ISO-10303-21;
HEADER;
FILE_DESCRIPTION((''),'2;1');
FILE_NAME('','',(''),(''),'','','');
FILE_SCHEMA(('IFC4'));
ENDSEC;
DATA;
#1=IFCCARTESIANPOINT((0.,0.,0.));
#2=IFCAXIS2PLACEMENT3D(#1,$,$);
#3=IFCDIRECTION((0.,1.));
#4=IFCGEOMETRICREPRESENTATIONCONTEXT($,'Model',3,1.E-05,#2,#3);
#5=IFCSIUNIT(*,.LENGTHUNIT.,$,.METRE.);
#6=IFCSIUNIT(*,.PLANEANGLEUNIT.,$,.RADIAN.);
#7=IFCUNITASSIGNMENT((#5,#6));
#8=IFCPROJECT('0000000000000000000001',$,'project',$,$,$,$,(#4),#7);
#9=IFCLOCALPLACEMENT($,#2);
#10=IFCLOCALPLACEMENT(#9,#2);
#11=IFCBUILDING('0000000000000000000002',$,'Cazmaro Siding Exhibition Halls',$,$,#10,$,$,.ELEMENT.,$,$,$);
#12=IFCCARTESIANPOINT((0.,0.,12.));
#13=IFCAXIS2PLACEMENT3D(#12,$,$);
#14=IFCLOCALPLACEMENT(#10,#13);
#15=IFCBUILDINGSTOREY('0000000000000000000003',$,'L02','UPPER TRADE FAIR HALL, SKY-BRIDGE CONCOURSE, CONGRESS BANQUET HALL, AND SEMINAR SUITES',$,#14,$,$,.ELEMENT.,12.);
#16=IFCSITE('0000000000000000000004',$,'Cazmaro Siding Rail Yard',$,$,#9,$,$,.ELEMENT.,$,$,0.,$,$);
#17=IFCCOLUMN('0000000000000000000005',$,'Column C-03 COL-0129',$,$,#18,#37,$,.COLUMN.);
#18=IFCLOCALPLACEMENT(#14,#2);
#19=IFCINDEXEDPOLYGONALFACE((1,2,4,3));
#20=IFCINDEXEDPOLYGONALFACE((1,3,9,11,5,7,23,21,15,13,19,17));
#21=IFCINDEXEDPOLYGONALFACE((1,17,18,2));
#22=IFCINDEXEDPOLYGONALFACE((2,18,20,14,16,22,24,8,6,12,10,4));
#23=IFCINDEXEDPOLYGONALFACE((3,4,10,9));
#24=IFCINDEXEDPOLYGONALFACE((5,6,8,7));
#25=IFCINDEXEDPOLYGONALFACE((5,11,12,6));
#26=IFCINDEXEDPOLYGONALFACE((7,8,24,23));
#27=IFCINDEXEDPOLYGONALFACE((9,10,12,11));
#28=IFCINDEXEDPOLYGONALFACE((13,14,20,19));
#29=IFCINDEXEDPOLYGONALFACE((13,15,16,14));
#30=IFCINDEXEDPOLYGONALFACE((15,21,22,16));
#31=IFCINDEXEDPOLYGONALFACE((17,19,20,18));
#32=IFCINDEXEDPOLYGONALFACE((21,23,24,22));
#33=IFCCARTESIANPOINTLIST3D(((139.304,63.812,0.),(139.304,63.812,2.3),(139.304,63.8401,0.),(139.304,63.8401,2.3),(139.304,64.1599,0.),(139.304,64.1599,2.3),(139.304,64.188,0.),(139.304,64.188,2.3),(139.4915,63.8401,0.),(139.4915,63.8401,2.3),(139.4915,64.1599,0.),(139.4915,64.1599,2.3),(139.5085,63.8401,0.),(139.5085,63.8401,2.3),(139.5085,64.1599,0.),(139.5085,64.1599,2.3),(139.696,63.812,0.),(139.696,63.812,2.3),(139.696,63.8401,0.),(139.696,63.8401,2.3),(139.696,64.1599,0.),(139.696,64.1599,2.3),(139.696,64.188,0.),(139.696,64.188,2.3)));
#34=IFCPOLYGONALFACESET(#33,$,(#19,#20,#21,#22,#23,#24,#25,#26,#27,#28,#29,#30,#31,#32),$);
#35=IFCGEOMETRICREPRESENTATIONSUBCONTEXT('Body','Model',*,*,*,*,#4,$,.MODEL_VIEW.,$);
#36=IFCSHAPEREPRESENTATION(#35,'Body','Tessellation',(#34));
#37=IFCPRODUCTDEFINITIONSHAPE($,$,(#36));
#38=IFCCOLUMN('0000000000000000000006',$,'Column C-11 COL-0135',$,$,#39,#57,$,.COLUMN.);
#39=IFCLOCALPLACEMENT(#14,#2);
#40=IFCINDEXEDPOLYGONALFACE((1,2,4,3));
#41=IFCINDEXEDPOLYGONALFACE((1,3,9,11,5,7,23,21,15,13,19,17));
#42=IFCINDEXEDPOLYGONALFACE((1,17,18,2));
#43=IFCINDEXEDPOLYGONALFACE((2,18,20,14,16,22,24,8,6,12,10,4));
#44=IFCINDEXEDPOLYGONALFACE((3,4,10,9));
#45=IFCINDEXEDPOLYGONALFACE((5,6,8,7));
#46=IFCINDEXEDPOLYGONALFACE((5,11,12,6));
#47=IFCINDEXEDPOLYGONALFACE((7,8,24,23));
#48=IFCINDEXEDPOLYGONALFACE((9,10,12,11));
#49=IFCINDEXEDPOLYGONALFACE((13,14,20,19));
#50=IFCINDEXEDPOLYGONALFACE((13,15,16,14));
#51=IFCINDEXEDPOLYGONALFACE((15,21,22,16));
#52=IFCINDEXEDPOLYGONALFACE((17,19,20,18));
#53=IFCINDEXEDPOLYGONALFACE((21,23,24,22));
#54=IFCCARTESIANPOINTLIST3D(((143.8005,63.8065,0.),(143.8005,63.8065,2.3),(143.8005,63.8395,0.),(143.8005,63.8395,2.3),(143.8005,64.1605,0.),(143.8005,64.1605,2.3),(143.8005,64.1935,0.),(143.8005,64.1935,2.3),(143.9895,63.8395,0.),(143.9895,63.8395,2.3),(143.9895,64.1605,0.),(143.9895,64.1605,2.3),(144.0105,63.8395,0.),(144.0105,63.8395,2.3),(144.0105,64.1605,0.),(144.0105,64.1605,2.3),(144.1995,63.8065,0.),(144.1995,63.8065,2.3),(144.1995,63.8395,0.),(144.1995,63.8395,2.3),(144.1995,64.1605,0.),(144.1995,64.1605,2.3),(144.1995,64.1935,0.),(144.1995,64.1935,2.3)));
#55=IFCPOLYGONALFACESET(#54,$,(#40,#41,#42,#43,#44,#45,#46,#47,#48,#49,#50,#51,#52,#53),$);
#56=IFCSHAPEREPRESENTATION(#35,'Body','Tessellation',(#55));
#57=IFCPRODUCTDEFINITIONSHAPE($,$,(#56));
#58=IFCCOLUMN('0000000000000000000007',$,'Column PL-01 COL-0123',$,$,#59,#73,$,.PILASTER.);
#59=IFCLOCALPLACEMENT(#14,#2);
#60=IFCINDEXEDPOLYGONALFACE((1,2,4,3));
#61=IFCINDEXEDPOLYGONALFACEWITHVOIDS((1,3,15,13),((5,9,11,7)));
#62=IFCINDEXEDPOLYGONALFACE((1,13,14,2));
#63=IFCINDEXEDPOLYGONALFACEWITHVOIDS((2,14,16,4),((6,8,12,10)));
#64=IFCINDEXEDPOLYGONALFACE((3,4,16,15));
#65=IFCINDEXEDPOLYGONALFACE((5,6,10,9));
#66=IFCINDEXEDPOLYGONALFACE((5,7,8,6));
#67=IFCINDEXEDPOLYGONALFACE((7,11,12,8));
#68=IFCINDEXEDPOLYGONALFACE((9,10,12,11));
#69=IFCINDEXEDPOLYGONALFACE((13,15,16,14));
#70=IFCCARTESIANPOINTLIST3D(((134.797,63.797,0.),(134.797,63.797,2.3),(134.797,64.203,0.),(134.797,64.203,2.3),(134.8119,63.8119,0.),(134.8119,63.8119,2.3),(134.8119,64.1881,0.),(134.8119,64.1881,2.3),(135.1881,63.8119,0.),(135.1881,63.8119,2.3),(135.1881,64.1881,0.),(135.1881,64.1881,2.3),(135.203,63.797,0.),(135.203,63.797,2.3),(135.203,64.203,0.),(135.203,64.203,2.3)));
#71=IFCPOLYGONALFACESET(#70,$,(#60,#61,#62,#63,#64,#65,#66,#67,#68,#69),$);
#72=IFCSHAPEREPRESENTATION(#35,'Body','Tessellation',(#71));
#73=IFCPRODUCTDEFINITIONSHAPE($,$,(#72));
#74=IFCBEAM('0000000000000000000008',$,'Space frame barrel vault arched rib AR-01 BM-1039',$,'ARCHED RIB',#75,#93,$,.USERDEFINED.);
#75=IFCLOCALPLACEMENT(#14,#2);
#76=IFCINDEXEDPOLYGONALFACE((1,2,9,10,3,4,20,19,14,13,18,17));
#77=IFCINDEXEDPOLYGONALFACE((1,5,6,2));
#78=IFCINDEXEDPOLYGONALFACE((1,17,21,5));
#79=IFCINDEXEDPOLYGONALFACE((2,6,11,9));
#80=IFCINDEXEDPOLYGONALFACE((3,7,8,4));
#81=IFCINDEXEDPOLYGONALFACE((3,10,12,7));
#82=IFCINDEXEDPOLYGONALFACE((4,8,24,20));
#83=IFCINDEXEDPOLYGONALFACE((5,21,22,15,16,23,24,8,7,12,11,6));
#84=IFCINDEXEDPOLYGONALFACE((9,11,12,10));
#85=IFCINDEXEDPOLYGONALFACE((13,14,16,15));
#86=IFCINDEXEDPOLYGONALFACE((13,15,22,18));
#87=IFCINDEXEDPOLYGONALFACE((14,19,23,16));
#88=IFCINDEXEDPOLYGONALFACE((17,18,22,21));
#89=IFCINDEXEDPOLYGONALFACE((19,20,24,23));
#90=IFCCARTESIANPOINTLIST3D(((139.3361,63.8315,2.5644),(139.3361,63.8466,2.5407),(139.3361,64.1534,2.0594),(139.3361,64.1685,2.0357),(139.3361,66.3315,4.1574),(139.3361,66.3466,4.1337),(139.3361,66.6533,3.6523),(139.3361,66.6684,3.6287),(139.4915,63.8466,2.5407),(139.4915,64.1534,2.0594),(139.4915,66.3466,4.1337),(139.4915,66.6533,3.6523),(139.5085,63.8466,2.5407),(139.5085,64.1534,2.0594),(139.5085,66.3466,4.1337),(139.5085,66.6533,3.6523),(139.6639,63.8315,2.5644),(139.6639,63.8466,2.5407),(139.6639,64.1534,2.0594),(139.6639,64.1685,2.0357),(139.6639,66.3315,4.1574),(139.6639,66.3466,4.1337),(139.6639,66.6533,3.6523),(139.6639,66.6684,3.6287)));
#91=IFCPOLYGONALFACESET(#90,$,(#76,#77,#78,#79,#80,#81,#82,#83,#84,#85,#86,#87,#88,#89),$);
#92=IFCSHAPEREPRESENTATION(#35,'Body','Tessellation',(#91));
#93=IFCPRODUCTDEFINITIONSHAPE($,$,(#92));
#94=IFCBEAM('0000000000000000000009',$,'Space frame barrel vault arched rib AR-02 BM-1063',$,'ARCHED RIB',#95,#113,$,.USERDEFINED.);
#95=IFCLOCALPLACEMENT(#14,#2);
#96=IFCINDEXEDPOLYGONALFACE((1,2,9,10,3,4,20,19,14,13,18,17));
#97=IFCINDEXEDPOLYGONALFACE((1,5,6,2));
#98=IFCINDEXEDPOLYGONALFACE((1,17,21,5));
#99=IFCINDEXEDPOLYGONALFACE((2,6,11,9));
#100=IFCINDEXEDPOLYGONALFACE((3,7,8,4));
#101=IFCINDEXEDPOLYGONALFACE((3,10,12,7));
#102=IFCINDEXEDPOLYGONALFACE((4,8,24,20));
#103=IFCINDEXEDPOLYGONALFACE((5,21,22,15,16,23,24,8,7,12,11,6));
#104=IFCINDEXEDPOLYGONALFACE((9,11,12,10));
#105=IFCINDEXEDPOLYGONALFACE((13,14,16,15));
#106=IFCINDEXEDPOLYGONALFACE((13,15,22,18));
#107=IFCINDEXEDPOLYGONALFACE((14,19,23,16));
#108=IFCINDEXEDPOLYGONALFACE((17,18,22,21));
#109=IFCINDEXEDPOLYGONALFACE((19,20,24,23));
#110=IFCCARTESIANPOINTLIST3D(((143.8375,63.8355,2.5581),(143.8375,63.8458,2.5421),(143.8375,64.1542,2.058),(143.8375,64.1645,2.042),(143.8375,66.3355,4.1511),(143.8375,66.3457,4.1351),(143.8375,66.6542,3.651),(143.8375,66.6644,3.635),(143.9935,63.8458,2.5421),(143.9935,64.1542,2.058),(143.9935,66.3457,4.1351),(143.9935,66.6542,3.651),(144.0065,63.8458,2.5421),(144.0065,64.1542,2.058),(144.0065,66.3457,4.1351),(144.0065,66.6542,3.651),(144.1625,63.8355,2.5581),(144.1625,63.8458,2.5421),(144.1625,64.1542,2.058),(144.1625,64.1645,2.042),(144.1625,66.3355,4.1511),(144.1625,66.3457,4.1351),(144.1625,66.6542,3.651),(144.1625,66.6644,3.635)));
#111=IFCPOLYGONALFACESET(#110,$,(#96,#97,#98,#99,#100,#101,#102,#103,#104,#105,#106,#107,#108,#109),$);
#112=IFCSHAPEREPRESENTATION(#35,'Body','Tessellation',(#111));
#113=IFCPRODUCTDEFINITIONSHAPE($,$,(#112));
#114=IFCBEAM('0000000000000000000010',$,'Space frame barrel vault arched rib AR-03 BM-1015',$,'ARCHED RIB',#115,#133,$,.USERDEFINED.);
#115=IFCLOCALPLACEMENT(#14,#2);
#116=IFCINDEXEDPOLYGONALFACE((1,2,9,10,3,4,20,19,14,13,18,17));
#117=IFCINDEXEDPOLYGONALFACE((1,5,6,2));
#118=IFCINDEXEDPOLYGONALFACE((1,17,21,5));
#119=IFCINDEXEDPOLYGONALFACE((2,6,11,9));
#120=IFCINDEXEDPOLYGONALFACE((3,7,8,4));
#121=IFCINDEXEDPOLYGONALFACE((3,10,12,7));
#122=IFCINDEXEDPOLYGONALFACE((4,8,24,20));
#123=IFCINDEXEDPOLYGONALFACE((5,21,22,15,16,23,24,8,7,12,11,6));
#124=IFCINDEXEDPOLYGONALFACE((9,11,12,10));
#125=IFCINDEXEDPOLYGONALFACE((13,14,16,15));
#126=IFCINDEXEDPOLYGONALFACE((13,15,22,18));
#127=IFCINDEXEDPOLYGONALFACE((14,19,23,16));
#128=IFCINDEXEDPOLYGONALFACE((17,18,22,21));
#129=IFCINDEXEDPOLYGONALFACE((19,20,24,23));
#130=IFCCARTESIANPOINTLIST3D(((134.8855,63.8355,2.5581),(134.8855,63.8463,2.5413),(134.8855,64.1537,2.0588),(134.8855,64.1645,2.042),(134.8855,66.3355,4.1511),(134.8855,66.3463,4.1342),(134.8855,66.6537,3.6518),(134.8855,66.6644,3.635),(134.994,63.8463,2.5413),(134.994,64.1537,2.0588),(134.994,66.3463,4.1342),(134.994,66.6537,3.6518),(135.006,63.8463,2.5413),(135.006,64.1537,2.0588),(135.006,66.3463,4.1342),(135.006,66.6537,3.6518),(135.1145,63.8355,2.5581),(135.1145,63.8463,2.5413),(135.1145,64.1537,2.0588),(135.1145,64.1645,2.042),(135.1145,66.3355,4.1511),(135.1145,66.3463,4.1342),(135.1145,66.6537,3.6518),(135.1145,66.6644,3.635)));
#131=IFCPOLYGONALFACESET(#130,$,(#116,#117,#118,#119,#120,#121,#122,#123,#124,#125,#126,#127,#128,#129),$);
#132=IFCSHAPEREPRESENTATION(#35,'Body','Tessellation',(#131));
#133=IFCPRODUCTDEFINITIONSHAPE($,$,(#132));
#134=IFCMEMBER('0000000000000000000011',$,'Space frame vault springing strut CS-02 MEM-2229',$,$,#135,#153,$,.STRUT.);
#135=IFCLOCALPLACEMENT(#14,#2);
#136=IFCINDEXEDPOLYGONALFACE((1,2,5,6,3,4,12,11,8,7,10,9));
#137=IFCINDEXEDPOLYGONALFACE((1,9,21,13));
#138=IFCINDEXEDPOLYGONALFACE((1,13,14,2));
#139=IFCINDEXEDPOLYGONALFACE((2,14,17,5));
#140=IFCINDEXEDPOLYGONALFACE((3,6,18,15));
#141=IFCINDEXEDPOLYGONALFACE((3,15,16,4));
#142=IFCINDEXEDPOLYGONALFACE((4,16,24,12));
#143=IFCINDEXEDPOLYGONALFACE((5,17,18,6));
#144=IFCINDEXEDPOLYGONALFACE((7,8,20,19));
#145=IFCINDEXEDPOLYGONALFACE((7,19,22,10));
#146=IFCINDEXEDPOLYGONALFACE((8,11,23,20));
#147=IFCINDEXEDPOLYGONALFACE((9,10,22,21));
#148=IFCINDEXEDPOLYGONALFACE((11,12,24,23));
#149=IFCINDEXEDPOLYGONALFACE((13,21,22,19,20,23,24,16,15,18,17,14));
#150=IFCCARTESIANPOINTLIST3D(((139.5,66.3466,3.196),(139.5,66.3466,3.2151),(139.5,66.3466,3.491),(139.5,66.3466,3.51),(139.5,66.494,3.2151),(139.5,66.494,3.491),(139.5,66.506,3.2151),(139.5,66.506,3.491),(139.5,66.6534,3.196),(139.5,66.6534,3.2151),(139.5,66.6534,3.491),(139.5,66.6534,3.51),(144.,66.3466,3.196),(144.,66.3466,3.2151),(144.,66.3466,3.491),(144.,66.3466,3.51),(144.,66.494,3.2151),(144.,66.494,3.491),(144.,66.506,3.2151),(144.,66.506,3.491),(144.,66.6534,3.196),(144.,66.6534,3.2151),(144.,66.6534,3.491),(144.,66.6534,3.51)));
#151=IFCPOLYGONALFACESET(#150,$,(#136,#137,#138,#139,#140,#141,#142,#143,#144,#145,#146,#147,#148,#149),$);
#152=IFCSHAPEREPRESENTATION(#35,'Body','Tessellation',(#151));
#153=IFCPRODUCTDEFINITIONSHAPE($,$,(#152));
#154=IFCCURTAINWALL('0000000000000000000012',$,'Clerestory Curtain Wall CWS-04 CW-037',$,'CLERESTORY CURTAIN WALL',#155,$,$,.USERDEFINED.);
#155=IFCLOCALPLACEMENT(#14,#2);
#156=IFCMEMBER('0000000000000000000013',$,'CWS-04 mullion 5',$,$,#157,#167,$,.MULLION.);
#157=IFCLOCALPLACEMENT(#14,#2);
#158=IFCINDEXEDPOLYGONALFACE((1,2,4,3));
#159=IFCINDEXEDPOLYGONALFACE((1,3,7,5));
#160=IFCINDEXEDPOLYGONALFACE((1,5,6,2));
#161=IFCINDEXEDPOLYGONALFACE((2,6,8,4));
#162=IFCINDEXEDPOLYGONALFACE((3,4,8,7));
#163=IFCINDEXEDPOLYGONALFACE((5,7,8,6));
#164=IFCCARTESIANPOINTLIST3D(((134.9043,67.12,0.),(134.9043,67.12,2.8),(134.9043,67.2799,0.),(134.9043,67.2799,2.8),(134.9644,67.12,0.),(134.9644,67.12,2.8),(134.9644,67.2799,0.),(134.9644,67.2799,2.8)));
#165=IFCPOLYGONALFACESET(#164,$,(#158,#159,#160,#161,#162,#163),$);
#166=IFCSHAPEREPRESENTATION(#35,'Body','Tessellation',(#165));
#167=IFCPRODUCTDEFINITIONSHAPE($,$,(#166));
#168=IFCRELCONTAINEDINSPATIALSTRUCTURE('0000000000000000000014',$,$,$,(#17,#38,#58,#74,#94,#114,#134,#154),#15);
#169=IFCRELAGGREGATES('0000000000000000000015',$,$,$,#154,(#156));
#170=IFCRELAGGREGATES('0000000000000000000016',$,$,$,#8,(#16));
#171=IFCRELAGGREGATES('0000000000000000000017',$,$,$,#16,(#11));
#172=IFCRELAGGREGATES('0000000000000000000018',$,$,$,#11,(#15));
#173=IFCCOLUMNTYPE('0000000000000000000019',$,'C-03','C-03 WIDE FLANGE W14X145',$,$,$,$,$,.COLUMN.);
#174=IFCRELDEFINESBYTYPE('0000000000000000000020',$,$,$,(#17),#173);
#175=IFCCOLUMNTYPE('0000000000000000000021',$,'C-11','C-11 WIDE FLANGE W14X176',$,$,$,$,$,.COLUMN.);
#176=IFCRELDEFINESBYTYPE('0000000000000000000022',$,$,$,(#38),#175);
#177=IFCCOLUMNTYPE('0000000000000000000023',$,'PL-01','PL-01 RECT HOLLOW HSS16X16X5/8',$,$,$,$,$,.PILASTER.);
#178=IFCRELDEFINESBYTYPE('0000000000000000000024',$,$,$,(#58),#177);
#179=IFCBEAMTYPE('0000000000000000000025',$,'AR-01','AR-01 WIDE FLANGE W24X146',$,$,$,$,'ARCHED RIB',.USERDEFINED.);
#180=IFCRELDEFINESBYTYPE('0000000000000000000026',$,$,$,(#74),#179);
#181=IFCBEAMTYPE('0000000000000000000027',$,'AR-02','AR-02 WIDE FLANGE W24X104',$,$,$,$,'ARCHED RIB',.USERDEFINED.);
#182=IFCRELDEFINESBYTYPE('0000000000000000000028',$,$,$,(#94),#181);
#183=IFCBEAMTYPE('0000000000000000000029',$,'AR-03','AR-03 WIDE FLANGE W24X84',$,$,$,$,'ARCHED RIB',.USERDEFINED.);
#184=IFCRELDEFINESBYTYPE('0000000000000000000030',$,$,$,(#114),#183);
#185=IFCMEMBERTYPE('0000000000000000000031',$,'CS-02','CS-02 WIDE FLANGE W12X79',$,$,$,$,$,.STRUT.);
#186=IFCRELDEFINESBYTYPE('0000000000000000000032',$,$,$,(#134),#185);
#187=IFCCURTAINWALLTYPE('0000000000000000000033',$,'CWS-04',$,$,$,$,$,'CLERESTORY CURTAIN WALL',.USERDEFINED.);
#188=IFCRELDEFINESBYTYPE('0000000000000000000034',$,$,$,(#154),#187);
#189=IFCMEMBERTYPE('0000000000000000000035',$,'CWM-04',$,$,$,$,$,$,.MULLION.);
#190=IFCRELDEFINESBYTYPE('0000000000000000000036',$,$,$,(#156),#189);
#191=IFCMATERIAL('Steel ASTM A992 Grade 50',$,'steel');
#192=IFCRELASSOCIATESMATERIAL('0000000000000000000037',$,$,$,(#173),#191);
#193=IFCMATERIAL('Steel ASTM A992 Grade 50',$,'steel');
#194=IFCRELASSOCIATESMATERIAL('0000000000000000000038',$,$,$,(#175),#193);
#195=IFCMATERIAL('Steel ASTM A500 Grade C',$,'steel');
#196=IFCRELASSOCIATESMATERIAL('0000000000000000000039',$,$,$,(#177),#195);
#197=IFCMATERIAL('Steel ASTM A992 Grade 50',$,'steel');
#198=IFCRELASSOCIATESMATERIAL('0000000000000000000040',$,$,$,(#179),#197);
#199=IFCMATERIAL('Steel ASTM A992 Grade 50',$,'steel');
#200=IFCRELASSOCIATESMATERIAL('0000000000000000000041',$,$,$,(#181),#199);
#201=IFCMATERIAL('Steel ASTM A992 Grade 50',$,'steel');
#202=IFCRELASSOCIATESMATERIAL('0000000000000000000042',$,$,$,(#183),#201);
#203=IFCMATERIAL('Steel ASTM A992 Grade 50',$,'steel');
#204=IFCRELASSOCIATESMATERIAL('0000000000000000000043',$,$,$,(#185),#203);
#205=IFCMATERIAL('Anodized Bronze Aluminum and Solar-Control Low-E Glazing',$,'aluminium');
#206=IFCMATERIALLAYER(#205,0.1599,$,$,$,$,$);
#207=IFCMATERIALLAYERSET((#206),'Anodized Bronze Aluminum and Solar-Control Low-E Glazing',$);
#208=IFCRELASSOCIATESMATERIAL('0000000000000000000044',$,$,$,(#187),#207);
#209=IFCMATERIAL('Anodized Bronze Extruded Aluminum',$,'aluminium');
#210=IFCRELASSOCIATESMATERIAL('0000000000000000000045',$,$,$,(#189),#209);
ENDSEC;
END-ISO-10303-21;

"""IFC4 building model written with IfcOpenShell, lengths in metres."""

from ifc_helpers import new_model, si_unit, direction, frame, origin, origin_2d, place, context, subcontext, project, spatial, rectangle, hollow_rectangle, i_section, extrude, material, layer, layer_set, material_profile, profile_set, type_object, element, aggregate, save


model = new_model("IFC4")

# Units and contexts
model_context = context("Model", 3, precision=1e-05, world=origin(), true_north=direction((0.0, 1.0)))
body_context = subcontext(model_context, "Body", "Model", "MODEL_VIEW")
ifc_project = project(units=[si_unit("LENGTHUNIT", "METRE"), si_unit("PLANEANGLEUNIT", "RADIAN")], contexts=[model_context])

# Site, building, storey
site_placement = place(None, origin())
site = spatial("IfcSite", under=ifc_project, at=site_placement, Name="Cazmaro Siding Rail Yard", CompositionType="ELEMENT", RefElevation=0.0)
building_placement = place(site_placement, origin())
building = spatial("IfcBuilding", under=site, at=building_placement, Name="Cazmaro Siding Exhibition Halls", CompositionType="ELEMENT")
storey_placement = place(building_placement, frame((0.0, 0.0, 12.0)))
storey = spatial("IfcBuildingStorey", under=building, at=storey_placement, Name="L02", Description="UPPER TRADE FAIR HALL, SKY-BRIDGE CONCOURSE, CONGRESS BANQUET HALL, AND SEMINAR SUITES", CompositionType="ELEMENT", Elevation=12.0)

# Columns
ifc_material_1 = material(Name="Steel ASTM A992 Grade 50", Category="steel")
ifc_material_profile_1 = material_profile(ifc_material_1, i_section(OverallWidth=0.3921, OverallDepth=0.376, WebThickness=0.0171, FlangeThickness=0.0281, at=origin_2d()), Name="W14X145")
ifc_profile_set_1 = profile_set([ifc_material_profile_1], Name="Steel ASTM A992 Grade 50")
column_type_1 = type_object("IfcColumnType", Name="C-03", Description="C-03 WIDE FLANGE W14X145", PredefinedType="COLUMN", material=ifc_profile_set_1)
column_1_placement = place(storey_placement, frame((139.5, 64.0, 0.0), z_axis=(0.0, 0.0, 1.0), x_axis=(1.0, 0.0, 0.0)))
element("IfcColumn", 1, at=column_1_placement, inside=storey, type_object=column_type_1, Name="Column C-03 COL-0129", PredefinedType="COLUMN", context=body_context, shape_type="SweptSolid", body=[
    extrude(i_section(OverallWidth=0.3921, OverallDepth=0.376, WebThickness=0.0171, FlangeThickness=0.0281, at=origin_2d()), origin(), (0.0, 0.0, 1.0), 2.3),
])
ifc_material_2 = material(Name="Steel ASTM A992 Grade 50", Category="steel")
ifc_material_profile_2 = material_profile(ifc_material_2, i_section(OverallWidth=0.3989, OverallDepth=0.387, WebThickness=0.021, FlangeThickness=0.033, at=origin_2d()), Name="W14X176")
ifc_profile_set_2 = profile_set([ifc_material_profile_2], Name="Steel ASTM A992 Grade 50")
column_type_2 = type_object("IfcColumnType", Name="C-11", Description="C-11 WIDE FLANGE W14X176", PredefinedType="COLUMN", material=ifc_profile_set_2)
column_2_placement = place(storey_placement, frame((144.0, 64.0, 0.0), z_axis=(0.0, 0.0, 1.0), x_axis=(1.0, 0.0, 0.0)))
element("IfcColumn", 2, at=column_2_placement, inside=storey, type_object=column_type_2, Name="Column C-11 COL-0135", PredefinedType="COLUMN", context=body_context, shape_type="SweptSolid", body=[
    extrude(i_section(OverallWidth=0.3989, OverallDepth=0.387, WebThickness=0.021, FlangeThickness=0.033, at=origin_2d()), origin(), (0.0, 0.0, 1.0), 2.3),
])
ifc_material_3 = material(Name="Steel ASTM A500 Grade C", Category="steel")
ifc_material_profile_3 = material_profile(ifc_material_3, hollow_rectangle(XDim=0.406, YDim=0.406, WallThickness=0.0149, at=origin_2d()), Name="HSS16X16X5/8")
ifc_profile_set_3 = profile_set([ifc_material_profile_3], Name="Steel ASTM A500 Grade C")
column_type_3 = type_object("IfcColumnType", Name="PL-01", Description="PL-01 RECT HOLLOW HSS16X16X5/8", PredefinedType="PILASTER", material=ifc_profile_set_3)
column_3_placement = place(storey_placement, frame((135.0, 64.0, 0.0), z_axis=(0.0, 0.0, 1.0), x_axis=(1.0, 0.0, 0.0)))
element("IfcColumn", 3, at=column_3_placement, inside=storey, type_object=column_type_3, Name="Column PL-01 COL-0123", PredefinedType="PILASTER", context=body_context, shape_type="SweptSolid", body=[
    extrude(hollow_rectangle(XDim=0.406, YDim=0.406, WallThickness=0.0149, at=origin_2d()), origin(), (0.0, 0.0, 1.0), 2.3),
])

# Beams
ifc_material_4 = material(Name="Steel ASTM A992 Grade 50", Category="steel")
ifc_material_profile_4 = material_profile(ifc_material_4, i_section(OverallWidth=0.3279, OverallDepth=0.627, WebThickness=0.0171, FlangeThickness=0.0281, at=origin_2d()), Name="W24X146")
ifc_profile_set_4 = profile_set([ifc_material_profile_4], Name="Steel ASTM A992 Grade 50")
beam_type_1 = type_object("IfcBeamType", Name="AR-01", Description="AR-01 WIDE FLANGE W24X146", ElementType="ARCHED RIB", PredefinedType="USERDEFINED", material=ifc_profile_set_4)
beam_1_placement = place(storey_placement, frame((139.5, 64.0, 2.3), z_axis=(0.0, 0.843339, 0.537382), x_axis=(-1.0, 0.0, 0.0)))
element("IfcBeam", 4, at=beam_1_placement, inside=storey, type_object=beam_type_1, Name="Space frame barrel vault arched rib AR-01 BM-1039", ObjectType="ARCHED RIB", PredefinedType="USERDEFINED", context=body_context, shape_type="SweptSolid", body=[
    extrude(i_section(OverallWidth=0.3279, OverallDepth=0.627, WebThickness=0.0171, FlangeThickness=0.0281, at=origin_2d()), origin(), (0.0, 0.0, 1.0), 2.9644),
])
ifc_material_5 = material(Name="Steel ASTM A992 Grade 50", Category="steel")
ifc_material_profile_5 = material_profile(ifc_material_5, i_section(OverallWidth=0.325, OverallDepth=0.6121, WebThickness=0.0129, FlangeThickness=0.019, at=origin_2d()), Name="W24X104")
ifc_profile_set_5 = profile_set([ifc_material_profile_5], Name="Steel ASTM A992 Grade 50")
beam_type_2 = type_object("IfcBeamType", Name="AR-02", Description="AR-02 WIDE FLANGE W24X104", ElementType="ARCHED RIB", PredefinedType="USERDEFINED", material=ifc_profile_set_5)
beam_2_placement = place(storey_placement, frame((144.0, 64.0, 2.3), z_axis=(0.0, 0.843339, 0.537382), x_axis=(-1.0, 0.0, 0.0)))
element("IfcBeam", 5, at=beam_2_placement, inside=storey, type_object=beam_type_2, Name="Space frame barrel vault arched rib AR-02 BM-1063", ObjectType="ARCHED RIB", PredefinedType="USERDEFINED", context=body_context, shape_type="SweptSolid", body=[
    extrude(i_section(OverallWidth=0.325, OverallDepth=0.6121, WebThickness=0.0129, FlangeThickness=0.019, at=origin_2d()), origin(), (0.0, 0.0, 1.0), 2.9644),
])
ifc_material_6 = material(Name="Steel ASTM A992 Grade 50", Category="steel")
ifc_material_profile_6 = material_profile(ifc_material_6, i_section(OverallWidth=0.229, OverallDepth=0.6121, WebThickness=0.012, FlangeThickness=0.02, at=origin_2d()), Name="W24X84")
ifc_profile_set_6 = profile_set([ifc_material_profile_6], Name="Steel ASTM A992 Grade 50")
beam_type_3 = type_object("IfcBeamType", Name="AR-03", Description="AR-03 WIDE FLANGE W24X84", ElementType="ARCHED RIB", PredefinedType="USERDEFINED", material=ifc_profile_set_6)
beam_3_placement = place(storey_placement, frame((135.0, 64.0, 2.3), z_axis=(0.0, 0.843339, 0.537382), x_axis=(-1.0, 0.0, 0.0)))
element("IfcBeam", 6, at=beam_3_placement, inside=storey, type_object=beam_type_3, Name="Space frame barrel vault arched rib AR-03 BM-1015", ObjectType="ARCHED RIB", PredefinedType="USERDEFINED", context=body_context, shape_type="SweptSolid", body=[
    extrude(i_section(OverallWidth=0.229, OverallDepth=0.6121, WebThickness=0.012, FlangeThickness=0.02, at=origin_2d()), origin(), (0.0, 0.0, 1.0), 2.9644),
])

# Member
ifc_material_7 = material(Name="Steel ASTM A992 Grade 50", Category="steel")
ifc_material_profile_7 = material_profile(ifc_material_7, i_section(OverallWidth=0.3069, OverallDepth=0.314, WebThickness=0.012, FlangeThickness=0.019, at=origin_2d()), Name="W12X79")
ifc_profile_set_7 = profile_set([ifc_material_profile_7], Name="Steel ASTM A992 Grade 50")
member_type_1 = type_object("IfcMemberType", Name="CS-02", Description="CS-02 WIDE FLANGE W12X79", PredefinedType="STRUT", material=ifc_profile_set_7)
member_1_placement = place(storey_placement, frame((139.5, 66.5, 3.353), z_axis=(1.0, 0.0, 0.0), x_axis=(0.0, 1.0, 0.0)))
element("IfcMember", 7, at=member_1_placement, inside=storey, type_object=member_type_1, Name="Space frame vault springing strut CS-02 MEM-2229", PredefinedType="STRUT", context=body_context, shape_type="SweptSolid", body=[
    extrude(i_section(OverallWidth=0.3069, OverallDepth=0.314, WebThickness=0.012, FlangeThickness=0.019, at=origin_2d()), origin(), (0.0, 0.0, 1.0), 4.5),
])

# Curtain wall, member
ifc_material_8 = material(Name="Anodized Bronze Aluminum and Solar-Control Low-E Glazing", Category="aluminium")
ifc_layer_1 = layer(ifc_material_8, 0.1599)
ifc_layer_set_1 = layer_set([ifc_layer_1], Name="Anodized Bronze Aluminum and Solar-Control Low-E Glazing")
curtain_wall_type = type_object("IfcCurtainWallType", Name="CWS-04", ElementType="CLERESTORY CURTAIN WALL", PredefinedType="USERDEFINED", material=ifc_layer_set_1)
curtain_wall_placement = place(storey_placement, origin())
curtain_wall = element("IfcCurtainWall", 8, at=curtain_wall_placement, inside=storey, type_object=curtain_wall_type, Name="Clerestory Curtain Wall CWS-04 CW-037", ObjectType="CLERESTORY CURTAIN WALL", PredefinedType="USERDEFINED")
ifc_material_9 = material(Name="Anodized Bronze Extruded Aluminum", Category="aluminium")
ifc_material_profile_8 = material_profile(ifc_material_9, rectangle(XDim=0.1599, YDim=0.0601, at=origin_2d()), Name="CWM-04")
ifc_profile_set_8 = profile_set([ifc_material_profile_8], Name="Anodized Bronze Extruded Aluminum")
member_type_2 = type_object("IfcMemberType", Name="CWM-04", PredefinedType="MULLION", material=ifc_profile_set_8)
member_2_placement = place(storey_placement, frame((134.9343, 67.2, 0.0), z_axis=(0.0, 0.0, 1.0), x_axis=(0.0, 1.0, 0.0)))
member_2 = element("IfcMember", 9, at=member_2_placement, type_object=member_type_2, Name="CWS-04 mullion 5", PredefinedType="MULLION", context=body_context, shape_type="SweptSolid", body=[
    extrude(rectangle(XDim=0.1599, YDim=0.0601, at=origin_2d()), origin(), (0.0, 0.0, 1.0), 2.8),
])

aggregate(curtain_wall, [member_2])

save(model, "model.ifc")
